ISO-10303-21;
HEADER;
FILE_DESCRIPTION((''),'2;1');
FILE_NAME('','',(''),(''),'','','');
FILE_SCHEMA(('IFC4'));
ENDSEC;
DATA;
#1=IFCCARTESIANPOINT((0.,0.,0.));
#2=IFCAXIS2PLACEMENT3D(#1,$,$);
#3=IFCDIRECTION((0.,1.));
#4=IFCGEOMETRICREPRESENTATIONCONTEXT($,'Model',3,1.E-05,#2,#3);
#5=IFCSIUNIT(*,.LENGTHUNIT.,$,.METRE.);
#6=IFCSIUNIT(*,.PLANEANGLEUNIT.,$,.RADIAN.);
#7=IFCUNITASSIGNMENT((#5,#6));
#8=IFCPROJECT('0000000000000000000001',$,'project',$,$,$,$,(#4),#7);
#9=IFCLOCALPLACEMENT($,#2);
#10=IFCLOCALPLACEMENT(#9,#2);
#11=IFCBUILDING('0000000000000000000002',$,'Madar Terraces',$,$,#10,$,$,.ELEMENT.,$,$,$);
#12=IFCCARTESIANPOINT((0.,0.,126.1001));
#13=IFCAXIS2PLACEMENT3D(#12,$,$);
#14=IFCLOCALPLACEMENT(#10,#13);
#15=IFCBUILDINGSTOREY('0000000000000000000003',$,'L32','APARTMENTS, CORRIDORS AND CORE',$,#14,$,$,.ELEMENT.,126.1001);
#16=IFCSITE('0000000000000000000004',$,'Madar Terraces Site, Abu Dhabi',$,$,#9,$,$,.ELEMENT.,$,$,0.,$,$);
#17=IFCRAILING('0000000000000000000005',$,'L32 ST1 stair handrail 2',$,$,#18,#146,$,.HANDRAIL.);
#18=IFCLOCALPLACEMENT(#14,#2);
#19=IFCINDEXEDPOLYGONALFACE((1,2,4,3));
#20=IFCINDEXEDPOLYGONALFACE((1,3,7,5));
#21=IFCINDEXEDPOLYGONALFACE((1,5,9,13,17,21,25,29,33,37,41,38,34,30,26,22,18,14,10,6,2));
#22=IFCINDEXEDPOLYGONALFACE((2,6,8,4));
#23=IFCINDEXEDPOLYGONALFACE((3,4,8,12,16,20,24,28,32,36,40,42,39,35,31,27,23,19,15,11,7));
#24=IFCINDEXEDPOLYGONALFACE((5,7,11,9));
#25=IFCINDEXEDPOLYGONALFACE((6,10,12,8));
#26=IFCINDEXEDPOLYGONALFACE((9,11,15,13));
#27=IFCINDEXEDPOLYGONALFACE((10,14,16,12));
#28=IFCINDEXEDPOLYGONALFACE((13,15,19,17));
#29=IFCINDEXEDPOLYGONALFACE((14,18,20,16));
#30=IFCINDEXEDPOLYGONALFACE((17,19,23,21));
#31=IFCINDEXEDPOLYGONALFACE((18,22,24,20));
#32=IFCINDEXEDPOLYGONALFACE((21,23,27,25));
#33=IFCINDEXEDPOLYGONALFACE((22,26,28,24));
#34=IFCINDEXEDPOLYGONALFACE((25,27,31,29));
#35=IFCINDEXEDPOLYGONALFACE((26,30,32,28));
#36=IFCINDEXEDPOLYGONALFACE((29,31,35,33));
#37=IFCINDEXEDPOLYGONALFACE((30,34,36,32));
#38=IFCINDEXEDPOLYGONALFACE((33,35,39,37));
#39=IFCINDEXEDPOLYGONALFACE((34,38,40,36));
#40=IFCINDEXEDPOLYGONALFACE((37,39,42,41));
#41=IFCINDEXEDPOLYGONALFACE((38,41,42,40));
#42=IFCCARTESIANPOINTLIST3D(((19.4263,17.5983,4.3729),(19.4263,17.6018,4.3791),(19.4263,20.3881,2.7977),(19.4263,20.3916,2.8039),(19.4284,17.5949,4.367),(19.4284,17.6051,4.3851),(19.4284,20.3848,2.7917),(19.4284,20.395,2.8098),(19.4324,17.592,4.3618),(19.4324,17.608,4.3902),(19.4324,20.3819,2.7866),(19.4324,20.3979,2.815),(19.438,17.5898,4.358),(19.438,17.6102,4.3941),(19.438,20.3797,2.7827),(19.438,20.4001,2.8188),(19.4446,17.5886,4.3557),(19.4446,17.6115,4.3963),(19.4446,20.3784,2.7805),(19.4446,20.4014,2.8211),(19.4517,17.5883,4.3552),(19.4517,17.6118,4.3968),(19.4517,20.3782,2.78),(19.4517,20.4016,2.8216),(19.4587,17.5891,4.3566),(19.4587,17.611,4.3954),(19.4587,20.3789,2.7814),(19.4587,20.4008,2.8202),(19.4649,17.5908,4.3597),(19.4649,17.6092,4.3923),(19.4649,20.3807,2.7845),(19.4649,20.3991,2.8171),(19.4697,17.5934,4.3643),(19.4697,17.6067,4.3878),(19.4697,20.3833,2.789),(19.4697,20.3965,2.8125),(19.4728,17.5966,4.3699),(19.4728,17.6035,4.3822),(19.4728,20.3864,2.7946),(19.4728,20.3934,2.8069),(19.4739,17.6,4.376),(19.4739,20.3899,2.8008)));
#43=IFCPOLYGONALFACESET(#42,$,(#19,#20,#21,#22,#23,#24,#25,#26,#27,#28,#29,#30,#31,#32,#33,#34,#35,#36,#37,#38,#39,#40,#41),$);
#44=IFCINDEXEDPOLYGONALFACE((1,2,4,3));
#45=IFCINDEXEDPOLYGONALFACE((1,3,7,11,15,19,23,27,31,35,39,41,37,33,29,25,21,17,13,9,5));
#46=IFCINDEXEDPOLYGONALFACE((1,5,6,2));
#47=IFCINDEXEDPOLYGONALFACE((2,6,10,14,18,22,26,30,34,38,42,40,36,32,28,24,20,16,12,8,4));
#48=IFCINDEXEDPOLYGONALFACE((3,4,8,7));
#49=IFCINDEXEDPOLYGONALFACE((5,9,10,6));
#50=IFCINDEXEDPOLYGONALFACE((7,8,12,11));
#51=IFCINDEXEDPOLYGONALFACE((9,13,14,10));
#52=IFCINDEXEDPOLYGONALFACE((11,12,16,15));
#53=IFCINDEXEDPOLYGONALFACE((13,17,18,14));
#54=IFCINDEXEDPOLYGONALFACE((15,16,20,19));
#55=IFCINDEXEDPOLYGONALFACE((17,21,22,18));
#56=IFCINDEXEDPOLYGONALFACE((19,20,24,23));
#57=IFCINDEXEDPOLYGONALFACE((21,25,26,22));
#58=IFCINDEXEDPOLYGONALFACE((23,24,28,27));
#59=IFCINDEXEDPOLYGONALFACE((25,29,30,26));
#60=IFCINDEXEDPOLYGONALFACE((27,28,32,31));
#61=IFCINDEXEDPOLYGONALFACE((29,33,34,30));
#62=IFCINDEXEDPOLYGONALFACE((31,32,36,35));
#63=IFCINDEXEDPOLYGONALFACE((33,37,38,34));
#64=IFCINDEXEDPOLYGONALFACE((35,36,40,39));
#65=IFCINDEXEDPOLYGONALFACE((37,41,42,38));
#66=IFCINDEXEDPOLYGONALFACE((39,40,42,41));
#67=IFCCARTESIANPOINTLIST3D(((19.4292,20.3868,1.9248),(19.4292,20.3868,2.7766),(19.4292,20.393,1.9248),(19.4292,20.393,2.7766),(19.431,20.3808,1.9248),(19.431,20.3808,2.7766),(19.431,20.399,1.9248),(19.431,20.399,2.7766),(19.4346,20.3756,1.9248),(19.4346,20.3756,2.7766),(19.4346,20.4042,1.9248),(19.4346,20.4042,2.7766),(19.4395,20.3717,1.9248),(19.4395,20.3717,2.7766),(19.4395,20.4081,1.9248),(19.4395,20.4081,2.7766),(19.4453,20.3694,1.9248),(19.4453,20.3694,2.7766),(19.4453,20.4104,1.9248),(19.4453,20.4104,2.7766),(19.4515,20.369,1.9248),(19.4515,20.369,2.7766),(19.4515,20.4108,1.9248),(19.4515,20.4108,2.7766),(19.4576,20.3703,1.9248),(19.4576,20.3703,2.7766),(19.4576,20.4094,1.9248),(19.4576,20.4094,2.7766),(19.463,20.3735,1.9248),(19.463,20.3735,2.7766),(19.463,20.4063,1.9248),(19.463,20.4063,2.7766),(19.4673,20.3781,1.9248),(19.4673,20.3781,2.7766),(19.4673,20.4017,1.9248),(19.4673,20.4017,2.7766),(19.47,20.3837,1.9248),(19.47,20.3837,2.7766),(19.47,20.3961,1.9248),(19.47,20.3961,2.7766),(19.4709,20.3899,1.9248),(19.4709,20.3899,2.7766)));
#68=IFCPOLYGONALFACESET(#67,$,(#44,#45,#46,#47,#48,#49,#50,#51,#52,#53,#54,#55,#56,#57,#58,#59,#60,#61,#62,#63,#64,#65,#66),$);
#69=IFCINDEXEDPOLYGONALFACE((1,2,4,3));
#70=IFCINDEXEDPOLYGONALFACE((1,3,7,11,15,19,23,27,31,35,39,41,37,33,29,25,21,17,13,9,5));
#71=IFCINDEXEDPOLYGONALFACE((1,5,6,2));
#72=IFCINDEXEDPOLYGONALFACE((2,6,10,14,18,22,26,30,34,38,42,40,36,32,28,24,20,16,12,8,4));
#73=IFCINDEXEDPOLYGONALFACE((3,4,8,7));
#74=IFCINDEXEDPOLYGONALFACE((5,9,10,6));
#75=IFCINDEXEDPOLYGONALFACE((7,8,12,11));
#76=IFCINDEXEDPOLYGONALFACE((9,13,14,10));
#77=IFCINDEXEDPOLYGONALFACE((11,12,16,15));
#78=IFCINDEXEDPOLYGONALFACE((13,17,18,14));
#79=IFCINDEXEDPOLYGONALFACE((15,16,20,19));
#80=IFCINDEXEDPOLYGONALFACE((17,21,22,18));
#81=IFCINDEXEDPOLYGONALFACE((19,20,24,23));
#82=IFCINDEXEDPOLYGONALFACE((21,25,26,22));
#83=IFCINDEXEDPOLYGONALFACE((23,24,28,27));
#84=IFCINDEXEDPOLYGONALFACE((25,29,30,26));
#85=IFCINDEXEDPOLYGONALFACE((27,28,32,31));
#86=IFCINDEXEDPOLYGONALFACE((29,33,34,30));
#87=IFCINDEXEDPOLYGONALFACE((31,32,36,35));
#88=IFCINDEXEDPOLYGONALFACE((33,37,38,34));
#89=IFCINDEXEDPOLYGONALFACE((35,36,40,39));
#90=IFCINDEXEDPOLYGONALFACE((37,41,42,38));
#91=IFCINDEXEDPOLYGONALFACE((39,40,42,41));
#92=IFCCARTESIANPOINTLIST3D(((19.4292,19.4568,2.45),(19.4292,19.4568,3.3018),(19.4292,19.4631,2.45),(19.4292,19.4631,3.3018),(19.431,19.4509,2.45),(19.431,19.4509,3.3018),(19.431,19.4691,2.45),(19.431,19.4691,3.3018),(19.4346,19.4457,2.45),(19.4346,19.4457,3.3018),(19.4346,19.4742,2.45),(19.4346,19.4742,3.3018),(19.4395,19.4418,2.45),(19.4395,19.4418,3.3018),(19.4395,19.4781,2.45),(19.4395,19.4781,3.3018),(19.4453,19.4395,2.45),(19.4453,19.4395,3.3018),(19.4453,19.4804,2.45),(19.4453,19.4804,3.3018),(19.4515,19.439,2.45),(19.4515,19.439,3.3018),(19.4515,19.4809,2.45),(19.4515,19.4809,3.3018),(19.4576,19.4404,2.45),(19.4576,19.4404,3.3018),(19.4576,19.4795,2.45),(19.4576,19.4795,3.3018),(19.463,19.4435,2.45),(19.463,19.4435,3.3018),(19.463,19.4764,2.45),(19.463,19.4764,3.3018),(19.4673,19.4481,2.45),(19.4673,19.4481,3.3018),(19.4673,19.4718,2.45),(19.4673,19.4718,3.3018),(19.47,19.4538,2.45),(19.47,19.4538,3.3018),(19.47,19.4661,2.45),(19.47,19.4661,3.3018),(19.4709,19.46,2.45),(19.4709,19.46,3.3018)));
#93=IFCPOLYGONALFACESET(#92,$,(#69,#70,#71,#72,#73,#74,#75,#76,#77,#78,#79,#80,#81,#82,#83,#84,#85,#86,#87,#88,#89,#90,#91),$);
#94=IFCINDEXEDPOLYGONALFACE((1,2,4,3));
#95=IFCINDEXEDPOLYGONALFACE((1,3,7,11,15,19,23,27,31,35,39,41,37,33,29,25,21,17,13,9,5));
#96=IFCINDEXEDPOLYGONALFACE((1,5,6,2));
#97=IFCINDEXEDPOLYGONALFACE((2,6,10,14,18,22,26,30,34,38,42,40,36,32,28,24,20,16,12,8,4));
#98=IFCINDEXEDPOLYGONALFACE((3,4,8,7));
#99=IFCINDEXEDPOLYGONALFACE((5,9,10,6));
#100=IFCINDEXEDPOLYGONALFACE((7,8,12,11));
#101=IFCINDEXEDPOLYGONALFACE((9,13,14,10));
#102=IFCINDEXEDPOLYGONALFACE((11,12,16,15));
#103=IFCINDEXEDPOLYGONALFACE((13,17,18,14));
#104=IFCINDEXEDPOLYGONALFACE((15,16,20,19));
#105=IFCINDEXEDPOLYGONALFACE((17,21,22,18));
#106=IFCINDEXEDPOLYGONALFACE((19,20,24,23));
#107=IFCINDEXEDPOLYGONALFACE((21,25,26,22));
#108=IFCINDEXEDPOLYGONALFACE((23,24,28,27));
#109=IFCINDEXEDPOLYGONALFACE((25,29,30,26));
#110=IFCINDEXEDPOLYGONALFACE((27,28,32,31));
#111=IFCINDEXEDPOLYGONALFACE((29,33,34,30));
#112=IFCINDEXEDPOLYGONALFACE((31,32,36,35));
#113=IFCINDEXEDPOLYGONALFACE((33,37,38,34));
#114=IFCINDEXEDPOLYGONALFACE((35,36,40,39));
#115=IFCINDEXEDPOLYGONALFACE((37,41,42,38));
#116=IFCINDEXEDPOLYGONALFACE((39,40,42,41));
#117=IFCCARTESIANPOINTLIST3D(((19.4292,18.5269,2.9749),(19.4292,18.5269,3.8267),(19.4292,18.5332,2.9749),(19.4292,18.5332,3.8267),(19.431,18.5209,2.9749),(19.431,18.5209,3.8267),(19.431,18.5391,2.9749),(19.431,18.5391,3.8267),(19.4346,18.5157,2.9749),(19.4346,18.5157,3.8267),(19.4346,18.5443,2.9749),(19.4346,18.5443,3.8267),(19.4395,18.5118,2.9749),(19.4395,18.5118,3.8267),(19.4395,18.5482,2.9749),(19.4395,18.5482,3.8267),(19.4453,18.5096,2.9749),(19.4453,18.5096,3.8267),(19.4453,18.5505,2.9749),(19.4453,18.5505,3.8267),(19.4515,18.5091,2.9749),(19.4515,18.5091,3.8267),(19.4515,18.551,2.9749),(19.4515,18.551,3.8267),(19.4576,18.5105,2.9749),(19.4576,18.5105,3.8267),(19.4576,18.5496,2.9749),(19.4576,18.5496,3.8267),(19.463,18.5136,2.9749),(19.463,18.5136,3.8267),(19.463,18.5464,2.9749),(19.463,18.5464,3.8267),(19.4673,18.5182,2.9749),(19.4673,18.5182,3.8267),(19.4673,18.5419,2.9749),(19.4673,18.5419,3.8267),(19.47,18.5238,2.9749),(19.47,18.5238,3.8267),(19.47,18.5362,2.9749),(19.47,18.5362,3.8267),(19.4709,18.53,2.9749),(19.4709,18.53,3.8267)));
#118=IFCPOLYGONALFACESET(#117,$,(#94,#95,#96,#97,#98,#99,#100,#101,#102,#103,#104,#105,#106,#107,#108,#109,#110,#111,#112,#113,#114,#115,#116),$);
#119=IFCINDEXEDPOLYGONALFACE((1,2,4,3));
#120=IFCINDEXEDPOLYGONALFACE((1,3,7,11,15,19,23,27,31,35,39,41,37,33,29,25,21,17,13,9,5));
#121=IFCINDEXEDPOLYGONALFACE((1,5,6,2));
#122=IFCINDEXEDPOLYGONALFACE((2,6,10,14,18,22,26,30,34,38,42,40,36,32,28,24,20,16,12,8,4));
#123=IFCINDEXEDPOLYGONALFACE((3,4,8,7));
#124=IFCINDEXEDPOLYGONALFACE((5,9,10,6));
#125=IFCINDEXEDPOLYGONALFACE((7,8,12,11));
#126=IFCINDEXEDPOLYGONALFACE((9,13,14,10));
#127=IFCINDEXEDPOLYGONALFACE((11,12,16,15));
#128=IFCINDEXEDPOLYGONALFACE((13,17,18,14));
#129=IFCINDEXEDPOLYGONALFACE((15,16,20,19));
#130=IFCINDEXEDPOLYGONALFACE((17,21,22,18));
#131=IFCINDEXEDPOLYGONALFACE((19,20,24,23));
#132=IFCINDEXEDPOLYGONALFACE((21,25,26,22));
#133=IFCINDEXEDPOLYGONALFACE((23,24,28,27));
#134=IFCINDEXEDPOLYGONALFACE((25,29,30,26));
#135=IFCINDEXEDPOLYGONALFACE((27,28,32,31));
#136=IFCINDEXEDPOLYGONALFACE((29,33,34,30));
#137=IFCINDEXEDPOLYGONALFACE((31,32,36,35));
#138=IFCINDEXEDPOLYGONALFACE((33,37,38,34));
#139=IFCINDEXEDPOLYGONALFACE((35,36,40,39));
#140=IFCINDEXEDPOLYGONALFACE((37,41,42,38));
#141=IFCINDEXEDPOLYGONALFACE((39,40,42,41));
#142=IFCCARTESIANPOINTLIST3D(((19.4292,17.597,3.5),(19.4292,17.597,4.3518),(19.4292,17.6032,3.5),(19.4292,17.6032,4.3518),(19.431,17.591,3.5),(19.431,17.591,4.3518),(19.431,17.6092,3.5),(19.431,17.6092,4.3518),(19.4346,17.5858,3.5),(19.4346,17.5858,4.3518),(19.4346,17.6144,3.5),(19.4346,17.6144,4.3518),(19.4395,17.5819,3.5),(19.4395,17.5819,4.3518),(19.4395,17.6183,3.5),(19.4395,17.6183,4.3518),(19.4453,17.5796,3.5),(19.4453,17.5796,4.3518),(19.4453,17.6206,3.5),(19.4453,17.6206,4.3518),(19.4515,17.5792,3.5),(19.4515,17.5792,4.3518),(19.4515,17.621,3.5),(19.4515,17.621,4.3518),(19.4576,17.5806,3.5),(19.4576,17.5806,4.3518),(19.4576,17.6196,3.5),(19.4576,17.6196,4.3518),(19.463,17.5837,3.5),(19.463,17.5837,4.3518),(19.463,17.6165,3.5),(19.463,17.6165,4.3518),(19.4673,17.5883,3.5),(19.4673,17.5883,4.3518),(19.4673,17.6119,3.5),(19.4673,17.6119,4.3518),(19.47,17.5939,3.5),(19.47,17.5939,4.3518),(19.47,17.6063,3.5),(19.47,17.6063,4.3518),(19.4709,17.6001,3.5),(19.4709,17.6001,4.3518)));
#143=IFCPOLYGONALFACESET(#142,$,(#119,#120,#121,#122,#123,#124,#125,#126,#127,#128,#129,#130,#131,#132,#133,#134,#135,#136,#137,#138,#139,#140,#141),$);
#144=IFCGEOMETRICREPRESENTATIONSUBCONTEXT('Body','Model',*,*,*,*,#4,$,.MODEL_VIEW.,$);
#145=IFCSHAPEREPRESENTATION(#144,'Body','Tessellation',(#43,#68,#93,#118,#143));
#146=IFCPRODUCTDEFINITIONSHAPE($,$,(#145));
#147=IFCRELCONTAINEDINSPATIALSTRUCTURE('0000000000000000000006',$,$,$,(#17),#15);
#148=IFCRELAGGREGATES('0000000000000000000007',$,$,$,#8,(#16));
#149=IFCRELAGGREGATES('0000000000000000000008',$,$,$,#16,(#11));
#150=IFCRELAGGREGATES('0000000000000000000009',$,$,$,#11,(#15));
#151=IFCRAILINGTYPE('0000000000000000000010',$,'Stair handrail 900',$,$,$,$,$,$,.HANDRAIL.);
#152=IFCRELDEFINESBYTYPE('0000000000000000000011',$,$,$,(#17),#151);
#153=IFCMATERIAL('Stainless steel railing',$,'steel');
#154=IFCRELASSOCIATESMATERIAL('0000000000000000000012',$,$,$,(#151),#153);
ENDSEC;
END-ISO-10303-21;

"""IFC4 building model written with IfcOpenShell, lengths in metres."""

from ifc_helpers import new_model, si_unit, direction, frame, origin, origin_2d, place, context, subcontext, project, spatial, circle, extrude, material, type_object, element, save


model = new_model("IFC4")

# Units and contexts
model_context = context("Model", 3, precision=1e-05, world=origin(), true_north=direction((0.0, 1.0)))
body_context = subcontext(model_context, "Body", "Model", "MODEL_VIEW")
ifc_project = project(units=[si_unit("LENGTHUNIT", "METRE"), si_unit("PLANEANGLEUNIT", "RADIAN")], contexts=[model_context])

# Site, building, storey
site_placement = place(None, origin())
site = spatial("IfcSite", under=ifc_project, at=site_placement, Name="Madar Terraces Site, Abu Dhabi", CompositionType="ELEMENT", RefElevation=0.0)
building_placement = place(site_placement, origin())
building = spatial("IfcBuilding", under=site, at=building_placement, Name="Madar Terraces", CompositionType="ELEMENT")
storey_placement = place(building_placement, frame((0.0, 0.0, 126.1001)))
storey = spatial("IfcBuildingStorey", under=building, at=storey_placement, Name="L32", Description="APARTMENTS, CORRIDORS AND CORE", CompositionType="ELEMENT", Elevation=126.1001)

# Railing
ifc_material_1 = material(Name="Stainless steel railing", Category="steel")
railing_type_1 = type_object("IfcRailingType", Name="Stair handrail 900", PredefinedType="HANDRAIL", material=ifc_material_1)
railing_1_placement = place(storey_placement, frame((19.45, 20.3899, 1.9248)))
element("IfcRailing", 1, at=railing_1_placement, inside=storey, type_object=railing_type_1, Name="L32 ST1 stair handrail 2", PredefinedType="HANDRAIL", context=body_context, shape_type="SweptSolid", body=[
    extrude(circle(Radius=0.0239, at=origin_2d()), frame((0.0, 0.0, 0.876), z_axis=(0.0, -0.870783, 0.491668), x_axis=(1.0, 0.0, 0.0)), (0.0, 0.0, 1.0), 3.2039),
    extrude(circle(Radius=0.021, at=origin_2d()), origin(), (0.0, 0.0, 1.0), 0.8518),
    extrude(circle(Radius=0.021, at=origin_2d()), frame((0.0, -0.9299, 0.5251)), (0.0, 0.0, 1.0), 0.8518),
    extrude(circle(Radius=0.021, at=origin_2d()), frame((0.0, -1.8599, 1.05)), (0.0, 0.0, 1.0), 0.8518),
    extrude(circle(Radius=0.021, at=origin_2d()), frame((0.0, -2.7898, 1.5752)), (0.0, 0.0, 1.0), 0.8518),
])

save(model, "model.ifc")
